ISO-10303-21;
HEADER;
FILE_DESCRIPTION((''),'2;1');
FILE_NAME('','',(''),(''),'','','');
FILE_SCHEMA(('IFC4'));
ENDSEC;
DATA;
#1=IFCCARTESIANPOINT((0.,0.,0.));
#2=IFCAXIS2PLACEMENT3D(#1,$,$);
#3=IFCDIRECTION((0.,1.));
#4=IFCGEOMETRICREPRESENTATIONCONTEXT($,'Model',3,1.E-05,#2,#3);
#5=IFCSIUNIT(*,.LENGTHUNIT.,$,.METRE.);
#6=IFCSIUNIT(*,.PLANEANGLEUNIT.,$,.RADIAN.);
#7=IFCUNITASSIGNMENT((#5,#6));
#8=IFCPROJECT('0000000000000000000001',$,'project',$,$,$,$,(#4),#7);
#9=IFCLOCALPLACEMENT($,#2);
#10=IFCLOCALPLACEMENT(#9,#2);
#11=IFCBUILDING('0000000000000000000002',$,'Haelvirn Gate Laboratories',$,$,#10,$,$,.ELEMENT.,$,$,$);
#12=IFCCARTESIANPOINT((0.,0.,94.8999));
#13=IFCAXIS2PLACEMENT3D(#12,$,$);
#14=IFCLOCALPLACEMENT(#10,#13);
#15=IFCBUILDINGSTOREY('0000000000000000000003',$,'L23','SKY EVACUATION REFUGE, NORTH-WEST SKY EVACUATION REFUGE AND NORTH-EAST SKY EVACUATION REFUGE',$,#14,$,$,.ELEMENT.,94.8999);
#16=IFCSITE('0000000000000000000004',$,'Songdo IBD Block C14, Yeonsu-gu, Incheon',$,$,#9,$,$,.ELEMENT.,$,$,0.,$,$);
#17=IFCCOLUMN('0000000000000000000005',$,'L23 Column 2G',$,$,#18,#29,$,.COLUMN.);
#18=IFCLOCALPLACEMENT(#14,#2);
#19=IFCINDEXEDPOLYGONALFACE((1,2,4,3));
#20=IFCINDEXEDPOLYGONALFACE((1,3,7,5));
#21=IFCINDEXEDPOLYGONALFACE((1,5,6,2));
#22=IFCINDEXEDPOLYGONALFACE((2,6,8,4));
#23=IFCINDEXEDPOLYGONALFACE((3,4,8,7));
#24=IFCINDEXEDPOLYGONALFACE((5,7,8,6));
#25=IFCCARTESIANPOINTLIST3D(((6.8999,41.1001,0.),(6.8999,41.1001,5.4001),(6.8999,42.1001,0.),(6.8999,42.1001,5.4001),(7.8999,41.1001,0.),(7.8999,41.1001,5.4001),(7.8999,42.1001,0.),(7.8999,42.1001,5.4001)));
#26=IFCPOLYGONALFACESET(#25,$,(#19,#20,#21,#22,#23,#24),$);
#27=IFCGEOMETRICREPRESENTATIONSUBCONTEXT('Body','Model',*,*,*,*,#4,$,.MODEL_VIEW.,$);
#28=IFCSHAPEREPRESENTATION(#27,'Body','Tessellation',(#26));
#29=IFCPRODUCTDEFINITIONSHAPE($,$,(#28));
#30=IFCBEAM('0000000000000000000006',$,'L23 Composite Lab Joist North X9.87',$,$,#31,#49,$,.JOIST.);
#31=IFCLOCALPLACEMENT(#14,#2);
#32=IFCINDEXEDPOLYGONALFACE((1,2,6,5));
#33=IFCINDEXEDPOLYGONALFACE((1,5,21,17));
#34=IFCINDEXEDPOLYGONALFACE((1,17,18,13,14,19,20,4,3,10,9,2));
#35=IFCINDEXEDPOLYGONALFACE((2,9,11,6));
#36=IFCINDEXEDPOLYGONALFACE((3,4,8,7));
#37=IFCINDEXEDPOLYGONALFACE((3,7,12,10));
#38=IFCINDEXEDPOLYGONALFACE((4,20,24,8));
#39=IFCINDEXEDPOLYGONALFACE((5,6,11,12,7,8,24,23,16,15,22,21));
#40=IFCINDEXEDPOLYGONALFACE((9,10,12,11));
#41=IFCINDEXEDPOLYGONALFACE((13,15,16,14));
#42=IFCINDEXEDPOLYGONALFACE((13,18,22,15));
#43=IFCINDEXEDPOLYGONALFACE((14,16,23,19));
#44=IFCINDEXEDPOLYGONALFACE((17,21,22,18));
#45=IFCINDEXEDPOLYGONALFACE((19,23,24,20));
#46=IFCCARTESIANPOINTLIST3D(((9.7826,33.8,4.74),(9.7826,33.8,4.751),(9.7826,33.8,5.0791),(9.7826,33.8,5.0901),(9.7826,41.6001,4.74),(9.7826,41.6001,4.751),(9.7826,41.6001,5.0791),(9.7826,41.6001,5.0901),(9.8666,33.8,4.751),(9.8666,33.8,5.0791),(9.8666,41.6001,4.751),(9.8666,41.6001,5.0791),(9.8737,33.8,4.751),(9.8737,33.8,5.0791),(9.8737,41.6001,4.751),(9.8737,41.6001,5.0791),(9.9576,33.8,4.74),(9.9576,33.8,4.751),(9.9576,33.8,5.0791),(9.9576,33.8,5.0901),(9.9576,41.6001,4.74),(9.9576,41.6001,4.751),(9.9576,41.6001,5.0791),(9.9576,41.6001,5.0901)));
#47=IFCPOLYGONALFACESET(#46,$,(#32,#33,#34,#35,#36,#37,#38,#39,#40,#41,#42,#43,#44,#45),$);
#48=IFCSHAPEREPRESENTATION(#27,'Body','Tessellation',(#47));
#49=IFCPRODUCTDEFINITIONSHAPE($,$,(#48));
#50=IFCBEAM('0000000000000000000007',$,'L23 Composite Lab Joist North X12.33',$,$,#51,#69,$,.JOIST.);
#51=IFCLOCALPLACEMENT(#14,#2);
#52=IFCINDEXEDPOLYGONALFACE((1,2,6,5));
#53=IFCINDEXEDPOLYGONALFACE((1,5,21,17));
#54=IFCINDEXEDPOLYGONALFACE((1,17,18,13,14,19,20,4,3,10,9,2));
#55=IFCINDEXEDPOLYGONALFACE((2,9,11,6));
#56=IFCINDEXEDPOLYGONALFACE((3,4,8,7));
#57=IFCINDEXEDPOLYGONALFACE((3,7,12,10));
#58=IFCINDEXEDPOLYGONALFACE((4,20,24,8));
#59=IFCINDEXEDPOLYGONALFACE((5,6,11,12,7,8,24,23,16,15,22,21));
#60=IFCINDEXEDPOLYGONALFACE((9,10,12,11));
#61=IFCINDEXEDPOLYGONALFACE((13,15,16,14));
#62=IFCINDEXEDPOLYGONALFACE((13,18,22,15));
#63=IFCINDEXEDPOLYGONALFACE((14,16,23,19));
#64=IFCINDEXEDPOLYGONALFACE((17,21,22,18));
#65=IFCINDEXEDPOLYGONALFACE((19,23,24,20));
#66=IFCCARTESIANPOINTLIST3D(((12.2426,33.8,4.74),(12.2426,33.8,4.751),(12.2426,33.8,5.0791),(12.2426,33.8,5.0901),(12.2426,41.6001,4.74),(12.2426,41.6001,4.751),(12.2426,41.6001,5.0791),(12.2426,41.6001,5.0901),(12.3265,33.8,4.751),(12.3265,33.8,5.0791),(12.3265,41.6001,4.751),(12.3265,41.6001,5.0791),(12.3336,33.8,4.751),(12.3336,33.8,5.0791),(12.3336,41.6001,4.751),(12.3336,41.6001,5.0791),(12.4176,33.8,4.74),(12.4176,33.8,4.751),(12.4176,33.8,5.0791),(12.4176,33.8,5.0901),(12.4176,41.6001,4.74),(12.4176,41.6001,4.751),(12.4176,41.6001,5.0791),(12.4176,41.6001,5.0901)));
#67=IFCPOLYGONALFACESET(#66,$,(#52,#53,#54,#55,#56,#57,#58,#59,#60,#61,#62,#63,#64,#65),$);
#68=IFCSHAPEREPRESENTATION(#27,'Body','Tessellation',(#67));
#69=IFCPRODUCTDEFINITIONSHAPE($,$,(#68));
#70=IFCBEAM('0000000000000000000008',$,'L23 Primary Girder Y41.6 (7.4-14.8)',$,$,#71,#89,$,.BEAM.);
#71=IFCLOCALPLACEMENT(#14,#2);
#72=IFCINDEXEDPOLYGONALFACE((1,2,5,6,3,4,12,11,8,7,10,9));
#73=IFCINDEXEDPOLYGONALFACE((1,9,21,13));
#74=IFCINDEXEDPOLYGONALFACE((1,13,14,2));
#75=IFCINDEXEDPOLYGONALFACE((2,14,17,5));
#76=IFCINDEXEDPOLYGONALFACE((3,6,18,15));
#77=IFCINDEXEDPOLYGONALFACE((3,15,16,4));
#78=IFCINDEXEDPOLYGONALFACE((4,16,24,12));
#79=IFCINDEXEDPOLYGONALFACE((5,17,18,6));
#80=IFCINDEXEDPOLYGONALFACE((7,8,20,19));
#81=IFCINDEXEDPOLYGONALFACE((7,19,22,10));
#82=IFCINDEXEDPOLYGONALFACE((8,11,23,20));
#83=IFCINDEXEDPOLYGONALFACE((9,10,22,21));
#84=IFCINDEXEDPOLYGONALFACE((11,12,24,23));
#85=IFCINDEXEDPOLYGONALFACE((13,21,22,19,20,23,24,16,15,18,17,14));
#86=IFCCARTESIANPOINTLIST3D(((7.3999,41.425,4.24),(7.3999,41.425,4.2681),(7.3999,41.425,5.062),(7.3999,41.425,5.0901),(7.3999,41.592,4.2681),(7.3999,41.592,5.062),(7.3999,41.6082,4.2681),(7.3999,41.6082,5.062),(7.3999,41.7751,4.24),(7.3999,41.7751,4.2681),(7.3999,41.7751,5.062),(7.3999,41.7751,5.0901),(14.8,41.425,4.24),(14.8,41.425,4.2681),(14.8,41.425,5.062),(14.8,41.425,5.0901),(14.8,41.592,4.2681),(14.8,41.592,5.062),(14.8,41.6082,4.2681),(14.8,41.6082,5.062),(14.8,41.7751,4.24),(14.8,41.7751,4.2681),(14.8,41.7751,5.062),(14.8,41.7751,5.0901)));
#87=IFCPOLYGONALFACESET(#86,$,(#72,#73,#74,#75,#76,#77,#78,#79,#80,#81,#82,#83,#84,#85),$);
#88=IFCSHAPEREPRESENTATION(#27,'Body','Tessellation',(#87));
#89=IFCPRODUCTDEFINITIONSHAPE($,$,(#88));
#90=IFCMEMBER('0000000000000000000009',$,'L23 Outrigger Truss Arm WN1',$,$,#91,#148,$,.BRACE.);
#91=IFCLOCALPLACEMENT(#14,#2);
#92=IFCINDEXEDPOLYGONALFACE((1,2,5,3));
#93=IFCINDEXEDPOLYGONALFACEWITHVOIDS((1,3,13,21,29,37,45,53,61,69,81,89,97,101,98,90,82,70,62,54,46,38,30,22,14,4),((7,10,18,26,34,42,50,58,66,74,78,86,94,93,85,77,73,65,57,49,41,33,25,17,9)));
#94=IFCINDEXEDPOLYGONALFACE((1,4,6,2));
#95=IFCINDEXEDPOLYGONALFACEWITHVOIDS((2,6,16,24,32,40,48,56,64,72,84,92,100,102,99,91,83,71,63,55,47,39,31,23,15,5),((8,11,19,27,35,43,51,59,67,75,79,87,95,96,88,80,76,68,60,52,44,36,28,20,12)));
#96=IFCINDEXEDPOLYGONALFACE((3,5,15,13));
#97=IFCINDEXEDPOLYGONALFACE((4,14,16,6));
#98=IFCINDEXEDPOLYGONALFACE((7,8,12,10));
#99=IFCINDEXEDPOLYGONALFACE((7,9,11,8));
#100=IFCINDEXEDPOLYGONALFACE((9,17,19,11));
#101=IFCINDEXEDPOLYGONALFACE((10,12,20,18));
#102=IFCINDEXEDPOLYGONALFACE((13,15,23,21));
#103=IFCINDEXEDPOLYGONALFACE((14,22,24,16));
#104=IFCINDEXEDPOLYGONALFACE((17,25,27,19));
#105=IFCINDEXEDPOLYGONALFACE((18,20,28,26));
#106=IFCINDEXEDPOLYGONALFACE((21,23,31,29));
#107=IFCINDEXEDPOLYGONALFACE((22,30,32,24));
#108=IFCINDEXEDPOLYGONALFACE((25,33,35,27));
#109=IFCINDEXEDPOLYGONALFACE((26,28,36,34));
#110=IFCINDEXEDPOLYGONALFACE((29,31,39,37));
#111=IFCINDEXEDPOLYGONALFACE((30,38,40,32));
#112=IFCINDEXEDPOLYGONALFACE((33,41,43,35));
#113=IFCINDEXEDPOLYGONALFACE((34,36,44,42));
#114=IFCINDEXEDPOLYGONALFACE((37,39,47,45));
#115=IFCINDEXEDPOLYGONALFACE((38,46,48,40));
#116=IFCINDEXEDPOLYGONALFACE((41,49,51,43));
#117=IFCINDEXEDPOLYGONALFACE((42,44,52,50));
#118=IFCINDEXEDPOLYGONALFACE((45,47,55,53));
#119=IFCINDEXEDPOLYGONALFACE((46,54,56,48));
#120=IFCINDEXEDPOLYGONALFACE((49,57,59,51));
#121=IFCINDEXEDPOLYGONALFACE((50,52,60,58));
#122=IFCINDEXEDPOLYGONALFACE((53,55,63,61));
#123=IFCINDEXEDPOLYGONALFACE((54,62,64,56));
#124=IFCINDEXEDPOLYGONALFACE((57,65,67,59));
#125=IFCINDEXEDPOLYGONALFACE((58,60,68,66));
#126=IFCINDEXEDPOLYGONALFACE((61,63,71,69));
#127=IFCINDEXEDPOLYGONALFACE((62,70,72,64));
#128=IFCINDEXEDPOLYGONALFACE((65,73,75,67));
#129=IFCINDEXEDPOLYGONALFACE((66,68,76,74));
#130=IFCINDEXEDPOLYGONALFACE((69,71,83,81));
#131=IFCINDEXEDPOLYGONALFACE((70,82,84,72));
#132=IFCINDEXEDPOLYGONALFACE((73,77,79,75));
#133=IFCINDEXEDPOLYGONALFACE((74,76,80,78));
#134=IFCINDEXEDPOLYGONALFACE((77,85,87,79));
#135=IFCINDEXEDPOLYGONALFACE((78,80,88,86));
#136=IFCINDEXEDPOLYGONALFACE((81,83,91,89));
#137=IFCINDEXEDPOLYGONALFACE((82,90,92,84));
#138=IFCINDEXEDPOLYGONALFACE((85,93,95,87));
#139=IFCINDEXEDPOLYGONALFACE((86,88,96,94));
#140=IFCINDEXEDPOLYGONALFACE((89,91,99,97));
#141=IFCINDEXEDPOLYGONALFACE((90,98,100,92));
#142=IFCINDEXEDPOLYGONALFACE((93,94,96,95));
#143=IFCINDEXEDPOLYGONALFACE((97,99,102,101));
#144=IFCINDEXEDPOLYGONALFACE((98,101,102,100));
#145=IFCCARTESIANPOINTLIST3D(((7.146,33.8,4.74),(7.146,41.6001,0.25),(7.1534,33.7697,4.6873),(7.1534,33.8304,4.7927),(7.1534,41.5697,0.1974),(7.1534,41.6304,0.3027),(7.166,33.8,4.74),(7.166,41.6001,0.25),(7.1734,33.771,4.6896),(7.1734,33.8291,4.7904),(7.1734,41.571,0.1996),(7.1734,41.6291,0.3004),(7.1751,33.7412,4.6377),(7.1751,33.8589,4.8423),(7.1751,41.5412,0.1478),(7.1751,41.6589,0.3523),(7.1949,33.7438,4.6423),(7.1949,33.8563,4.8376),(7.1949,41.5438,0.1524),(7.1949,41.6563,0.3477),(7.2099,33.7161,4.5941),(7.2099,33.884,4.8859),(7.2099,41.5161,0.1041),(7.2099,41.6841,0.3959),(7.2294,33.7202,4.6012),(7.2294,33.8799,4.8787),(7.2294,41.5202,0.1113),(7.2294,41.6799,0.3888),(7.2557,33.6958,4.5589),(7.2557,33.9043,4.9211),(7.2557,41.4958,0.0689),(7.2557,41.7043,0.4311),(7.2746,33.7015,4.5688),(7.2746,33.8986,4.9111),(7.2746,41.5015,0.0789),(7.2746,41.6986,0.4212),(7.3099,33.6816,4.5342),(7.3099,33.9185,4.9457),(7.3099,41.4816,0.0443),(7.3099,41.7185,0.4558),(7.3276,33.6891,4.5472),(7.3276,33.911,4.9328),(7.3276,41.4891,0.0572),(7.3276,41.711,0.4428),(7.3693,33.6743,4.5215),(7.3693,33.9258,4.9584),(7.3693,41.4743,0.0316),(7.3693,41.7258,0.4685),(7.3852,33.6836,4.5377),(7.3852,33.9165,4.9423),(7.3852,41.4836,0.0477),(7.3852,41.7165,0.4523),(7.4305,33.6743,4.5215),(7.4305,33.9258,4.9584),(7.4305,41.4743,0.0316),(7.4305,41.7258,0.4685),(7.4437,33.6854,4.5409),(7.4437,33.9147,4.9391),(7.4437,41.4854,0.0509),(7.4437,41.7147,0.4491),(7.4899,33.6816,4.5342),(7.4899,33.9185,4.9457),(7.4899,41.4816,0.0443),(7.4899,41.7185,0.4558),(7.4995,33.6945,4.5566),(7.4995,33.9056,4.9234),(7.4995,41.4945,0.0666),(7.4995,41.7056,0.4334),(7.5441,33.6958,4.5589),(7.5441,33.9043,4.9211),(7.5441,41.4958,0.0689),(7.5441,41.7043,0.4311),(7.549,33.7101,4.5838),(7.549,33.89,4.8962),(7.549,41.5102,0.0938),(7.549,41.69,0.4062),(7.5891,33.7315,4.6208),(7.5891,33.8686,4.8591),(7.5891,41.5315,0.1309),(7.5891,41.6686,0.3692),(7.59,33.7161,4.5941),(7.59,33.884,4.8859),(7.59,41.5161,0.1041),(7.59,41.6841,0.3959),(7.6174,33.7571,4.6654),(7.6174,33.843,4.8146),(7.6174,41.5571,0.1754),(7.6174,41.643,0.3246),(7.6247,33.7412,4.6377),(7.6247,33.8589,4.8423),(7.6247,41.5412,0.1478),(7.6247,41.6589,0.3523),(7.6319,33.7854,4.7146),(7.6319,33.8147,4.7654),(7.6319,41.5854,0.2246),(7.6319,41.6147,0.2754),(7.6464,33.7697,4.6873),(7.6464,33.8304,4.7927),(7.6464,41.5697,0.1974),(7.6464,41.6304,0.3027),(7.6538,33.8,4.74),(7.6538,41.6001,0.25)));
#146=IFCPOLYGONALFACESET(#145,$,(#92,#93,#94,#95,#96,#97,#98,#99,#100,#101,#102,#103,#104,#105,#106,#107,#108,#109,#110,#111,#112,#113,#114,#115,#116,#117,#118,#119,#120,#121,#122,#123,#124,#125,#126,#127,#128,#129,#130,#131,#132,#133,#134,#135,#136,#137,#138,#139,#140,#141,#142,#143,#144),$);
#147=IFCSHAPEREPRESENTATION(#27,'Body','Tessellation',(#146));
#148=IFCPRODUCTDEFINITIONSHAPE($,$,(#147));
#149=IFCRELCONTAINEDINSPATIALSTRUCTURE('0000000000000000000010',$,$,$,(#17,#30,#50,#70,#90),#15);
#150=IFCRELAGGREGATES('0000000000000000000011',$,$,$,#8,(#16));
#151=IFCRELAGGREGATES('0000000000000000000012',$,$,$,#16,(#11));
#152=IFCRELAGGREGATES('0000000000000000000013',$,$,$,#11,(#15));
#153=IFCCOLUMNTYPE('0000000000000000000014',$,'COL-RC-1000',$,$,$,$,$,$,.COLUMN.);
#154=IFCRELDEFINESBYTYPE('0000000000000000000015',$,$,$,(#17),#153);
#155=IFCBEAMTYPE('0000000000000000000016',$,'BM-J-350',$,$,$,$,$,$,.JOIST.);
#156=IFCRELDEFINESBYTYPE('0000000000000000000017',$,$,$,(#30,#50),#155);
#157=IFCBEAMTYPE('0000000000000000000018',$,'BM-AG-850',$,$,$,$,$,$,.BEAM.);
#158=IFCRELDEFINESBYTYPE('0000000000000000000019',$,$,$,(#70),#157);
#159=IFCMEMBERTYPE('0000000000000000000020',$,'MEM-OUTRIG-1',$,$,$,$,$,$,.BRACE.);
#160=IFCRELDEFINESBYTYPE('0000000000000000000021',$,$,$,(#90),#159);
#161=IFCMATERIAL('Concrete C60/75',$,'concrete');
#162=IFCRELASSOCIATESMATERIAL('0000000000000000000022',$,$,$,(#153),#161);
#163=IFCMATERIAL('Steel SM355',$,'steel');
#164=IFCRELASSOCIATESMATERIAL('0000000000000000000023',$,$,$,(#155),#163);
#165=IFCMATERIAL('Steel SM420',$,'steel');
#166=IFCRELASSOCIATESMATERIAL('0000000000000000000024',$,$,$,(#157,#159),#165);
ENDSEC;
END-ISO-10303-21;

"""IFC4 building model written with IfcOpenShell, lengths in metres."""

from ifc_helpers import new_model, si_unit, direction, frame, origin, origin_2d, place, context, subcontext, project, spatial, rectangle, hollow_circle, i_section, extrude, source, transform, mapped, material, material_profile, profile_set, type_object, type_shapes, element, save


model = new_model("IFC4")

# Units and contexts
model_context = context("Model", 3, precision=1e-05, world=origin(), true_north=direction((0.0, 1.0)))
body_context = subcontext(model_context, "Body", "Model", "MODEL_VIEW")
ifc_project = project(units=[si_unit("LENGTHUNIT", "METRE"), si_unit("PLANEANGLEUNIT", "RADIAN")], contexts=[model_context])

# Site, building, storey
site_placement = place(None, origin())
site = spatial("IfcSite", under=ifc_project, at=site_placement, Name="Songdo IBD Block C14, Yeonsu-gu, Incheon", CompositionType="ELEMENT", RefElevation=0.0)
building_placement = place(site_placement, origin())
building = spatial("IfcBuilding", under=site, at=building_placement, Name="Haelvirn Gate Laboratories", CompositionType="ELEMENT")
storey_placement = place(building_placement, frame((0.0, 0.0, 94.8999)))
storey = spatial("IfcBuildingStorey", under=building, at=storey_placement, Name="L23", Description="SKY EVACUATION REFUGE, NORTH-WEST SKY EVACUATION REFUGE AND NORTH-EAST SKY EVACUATION REFUGE", CompositionType="ELEMENT", Elevation=94.8999)

# Column
ifc_material_1 = material(Name="Concrete C60/75", Category="concrete")
ifc_material_profile_1 = material_profile(ifc_material_1, rectangle(XDim=1.0, YDim=1.0, at=origin_2d()), Name="RC-1000x1000")
ifc_profile_set_1 = profile_set([ifc_material_profile_1], Name="Concrete C60/75")
column_type = type_object("IfcColumnType", Name="COL-RC-1000", PredefinedType="COLUMN", material=ifc_profile_set_1)
shared_shape_1 = source(origin(), body_context, "Body", "SweptSolid", [
    extrude(rectangle(XDim=1.0, YDim=1.0, at=origin_2d()), origin(), (0.0, 0.0, 1.0), 5.4001),
])
type_shapes(column_type, [shared_shape_1])
column_placement = place(storey_placement, frame((7.3999, 41.6001, 0.0), z_axis=(0.0, 0.0, 1.0), x_axis=(1.0, 0.0, 0.0)))
element("IfcColumn", 1, at=column_placement, inside=storey, type_object=column_type, Name="L23 Column 2G", PredefinedType="COLUMN", context=body_context, shape_type="MappedRepresentation", body=[
    mapped(shared_shape_1, transform((0.0, 0.0, 0.0), scale=1.0)),
])

# Beams
ifc_material_2 = material(Name="Steel SM355", Category="steel")
ifc_material_profile_2 = material_profile(ifc_material_2, i_section(OverallWidth=0.175, OverallDepth=0.3501, WebThickness=0.0071, FlangeThickness=0.011, at=origin_2d()), Name="H-350x175x7x11")
ifc_profile_set_2 = profile_set([ifc_material_profile_2], Name="Steel SM355")
beam_type_1 = type_object("IfcBeamType", Name="BM-J-350", PredefinedType="JOIST", material=ifc_profile_set_2)
shared_shape_2 = source(origin(), body_context, "Body", "SweptSolid", [
    extrude(i_section(OverallWidth=0.175, OverallDepth=0.3501, WebThickness=0.0071, FlangeThickness=0.011, at=origin_2d()), origin(), (0.0, 0.0, 1.0), 7.8),
])
type_shapes(beam_type_1, [shared_shape_2])
for number, where, z_axis, x_axis, name in (
    (2, (9.8701, 33.8, 4.915), (0.0, 1.0, 0.0), (-1.0, 0.0, 0.0), "L23 Composite Lab Joist North X9.87"),
    (3, (12.3301, 33.8, 4.915), (0.0, 1.0, 0.0), (-1.0, 0.0, 0.0), "L23 Composite Lab Joist North X12.33"),
):
    element("IfcBeam", number, at=place(storey_placement, frame(where, z_axis=z_axis, x_axis=x_axis)), inside=storey, type_object=beam_type_1, Name=name, PredefinedType="JOIST", context=body_context, shape_type="MappedRepresentation", body=[
        mapped(shared_shape_2, transform((0.0, 0.0, 0.0), scale=1.0)),
    ])
ifc_material_3 = material(Name="Steel SM420", Category="steel")
ifc_material_profile_3 = material_profile(ifc_material_3, i_section(OverallWidth=0.3501, OverallDepth=0.8501, WebThickness=0.0161, FlangeThickness=0.0281, at=origin_2d()), Name="H-850x350x16x28")
ifc_profile_set_3 = profile_set([ifc_material_profile_3], Name="Steel SM420")
beam_type_2 = type_object("IfcBeamType", Name="BM-AG-850", PredefinedType="BEAM", material=ifc_profile_set_3)
shared_shape_3 = source(origin(), body_context, "Body", "SweptSolid", [
    extrude(i_section(OverallWidth=0.3501, OverallDepth=0.8501, WebThickness=0.0161, FlangeThickness=0.0281, at=origin_2d()), origin(), (0.0, 0.0, 1.0), 7.4001),
])
type_shapes(beam_type_2, [shared_shape_3])
beam_placement = place(storey_placement, frame((7.3999, 41.6001, 4.665), z_axis=(1.0, 0.0, 0.0), x_axis=(0.0, 1.0, 0.0)))
element("IfcBeam", 4, at=beam_placement, inside=storey, type_object=beam_type_2, Name="L23 Primary Girder Y41.6 (7.4-14.8)", PredefinedType="BEAM", context=body_context, shape_type="MappedRepresentation", body=[
    mapped(shared_shape_3, transform((0.0, 0.0, 0.0), scale=1.0)),
])

# Member
ifc_material_profile_4 = material_profile(ifc_material_3, hollow_circle(Radius=0.2539, WallThickness=0.02, at=origin_2d()), Name="CHS-508x20")
ifc_profile_set_4 = profile_set([ifc_material_profile_4], Name="Steel SM420")
member_type_1 = type_object("IfcMemberType", Name="MEM-OUTRIG-1", PredefinedType="BRACE", material=ifc_profile_set_4)
shared_shape_4 = source(origin(), body_context, "Body", "SweptSolid", [
    extrude(hollow_circle(Radius=0.2539, WallThickness=0.02, at=origin_2d()), origin(), (0.0, 0.0, 1.0), 9.0),
])
type_shapes(member_type_1, [shared_shape_4])
member_1_placement = place(storey_placement, frame((7.3999, 33.8, 4.74), z_axis=(0.0, 0.866668, -0.498885), x_axis=(-1.0, 0.0, 0.0)))
element("IfcMember", 5, at=member_1_placement, inside=storey, type_object=member_type_1, Name="L23 Outrigger Truss Arm WN1", PredefinedType="BRACE", context=body_context, shape_type="MappedRepresentation", body=[
    mapped(shared_shape_4, transform((0.0, 0.0, 0.0), scale=1.0)),
])

save(model, "model.ifc")
